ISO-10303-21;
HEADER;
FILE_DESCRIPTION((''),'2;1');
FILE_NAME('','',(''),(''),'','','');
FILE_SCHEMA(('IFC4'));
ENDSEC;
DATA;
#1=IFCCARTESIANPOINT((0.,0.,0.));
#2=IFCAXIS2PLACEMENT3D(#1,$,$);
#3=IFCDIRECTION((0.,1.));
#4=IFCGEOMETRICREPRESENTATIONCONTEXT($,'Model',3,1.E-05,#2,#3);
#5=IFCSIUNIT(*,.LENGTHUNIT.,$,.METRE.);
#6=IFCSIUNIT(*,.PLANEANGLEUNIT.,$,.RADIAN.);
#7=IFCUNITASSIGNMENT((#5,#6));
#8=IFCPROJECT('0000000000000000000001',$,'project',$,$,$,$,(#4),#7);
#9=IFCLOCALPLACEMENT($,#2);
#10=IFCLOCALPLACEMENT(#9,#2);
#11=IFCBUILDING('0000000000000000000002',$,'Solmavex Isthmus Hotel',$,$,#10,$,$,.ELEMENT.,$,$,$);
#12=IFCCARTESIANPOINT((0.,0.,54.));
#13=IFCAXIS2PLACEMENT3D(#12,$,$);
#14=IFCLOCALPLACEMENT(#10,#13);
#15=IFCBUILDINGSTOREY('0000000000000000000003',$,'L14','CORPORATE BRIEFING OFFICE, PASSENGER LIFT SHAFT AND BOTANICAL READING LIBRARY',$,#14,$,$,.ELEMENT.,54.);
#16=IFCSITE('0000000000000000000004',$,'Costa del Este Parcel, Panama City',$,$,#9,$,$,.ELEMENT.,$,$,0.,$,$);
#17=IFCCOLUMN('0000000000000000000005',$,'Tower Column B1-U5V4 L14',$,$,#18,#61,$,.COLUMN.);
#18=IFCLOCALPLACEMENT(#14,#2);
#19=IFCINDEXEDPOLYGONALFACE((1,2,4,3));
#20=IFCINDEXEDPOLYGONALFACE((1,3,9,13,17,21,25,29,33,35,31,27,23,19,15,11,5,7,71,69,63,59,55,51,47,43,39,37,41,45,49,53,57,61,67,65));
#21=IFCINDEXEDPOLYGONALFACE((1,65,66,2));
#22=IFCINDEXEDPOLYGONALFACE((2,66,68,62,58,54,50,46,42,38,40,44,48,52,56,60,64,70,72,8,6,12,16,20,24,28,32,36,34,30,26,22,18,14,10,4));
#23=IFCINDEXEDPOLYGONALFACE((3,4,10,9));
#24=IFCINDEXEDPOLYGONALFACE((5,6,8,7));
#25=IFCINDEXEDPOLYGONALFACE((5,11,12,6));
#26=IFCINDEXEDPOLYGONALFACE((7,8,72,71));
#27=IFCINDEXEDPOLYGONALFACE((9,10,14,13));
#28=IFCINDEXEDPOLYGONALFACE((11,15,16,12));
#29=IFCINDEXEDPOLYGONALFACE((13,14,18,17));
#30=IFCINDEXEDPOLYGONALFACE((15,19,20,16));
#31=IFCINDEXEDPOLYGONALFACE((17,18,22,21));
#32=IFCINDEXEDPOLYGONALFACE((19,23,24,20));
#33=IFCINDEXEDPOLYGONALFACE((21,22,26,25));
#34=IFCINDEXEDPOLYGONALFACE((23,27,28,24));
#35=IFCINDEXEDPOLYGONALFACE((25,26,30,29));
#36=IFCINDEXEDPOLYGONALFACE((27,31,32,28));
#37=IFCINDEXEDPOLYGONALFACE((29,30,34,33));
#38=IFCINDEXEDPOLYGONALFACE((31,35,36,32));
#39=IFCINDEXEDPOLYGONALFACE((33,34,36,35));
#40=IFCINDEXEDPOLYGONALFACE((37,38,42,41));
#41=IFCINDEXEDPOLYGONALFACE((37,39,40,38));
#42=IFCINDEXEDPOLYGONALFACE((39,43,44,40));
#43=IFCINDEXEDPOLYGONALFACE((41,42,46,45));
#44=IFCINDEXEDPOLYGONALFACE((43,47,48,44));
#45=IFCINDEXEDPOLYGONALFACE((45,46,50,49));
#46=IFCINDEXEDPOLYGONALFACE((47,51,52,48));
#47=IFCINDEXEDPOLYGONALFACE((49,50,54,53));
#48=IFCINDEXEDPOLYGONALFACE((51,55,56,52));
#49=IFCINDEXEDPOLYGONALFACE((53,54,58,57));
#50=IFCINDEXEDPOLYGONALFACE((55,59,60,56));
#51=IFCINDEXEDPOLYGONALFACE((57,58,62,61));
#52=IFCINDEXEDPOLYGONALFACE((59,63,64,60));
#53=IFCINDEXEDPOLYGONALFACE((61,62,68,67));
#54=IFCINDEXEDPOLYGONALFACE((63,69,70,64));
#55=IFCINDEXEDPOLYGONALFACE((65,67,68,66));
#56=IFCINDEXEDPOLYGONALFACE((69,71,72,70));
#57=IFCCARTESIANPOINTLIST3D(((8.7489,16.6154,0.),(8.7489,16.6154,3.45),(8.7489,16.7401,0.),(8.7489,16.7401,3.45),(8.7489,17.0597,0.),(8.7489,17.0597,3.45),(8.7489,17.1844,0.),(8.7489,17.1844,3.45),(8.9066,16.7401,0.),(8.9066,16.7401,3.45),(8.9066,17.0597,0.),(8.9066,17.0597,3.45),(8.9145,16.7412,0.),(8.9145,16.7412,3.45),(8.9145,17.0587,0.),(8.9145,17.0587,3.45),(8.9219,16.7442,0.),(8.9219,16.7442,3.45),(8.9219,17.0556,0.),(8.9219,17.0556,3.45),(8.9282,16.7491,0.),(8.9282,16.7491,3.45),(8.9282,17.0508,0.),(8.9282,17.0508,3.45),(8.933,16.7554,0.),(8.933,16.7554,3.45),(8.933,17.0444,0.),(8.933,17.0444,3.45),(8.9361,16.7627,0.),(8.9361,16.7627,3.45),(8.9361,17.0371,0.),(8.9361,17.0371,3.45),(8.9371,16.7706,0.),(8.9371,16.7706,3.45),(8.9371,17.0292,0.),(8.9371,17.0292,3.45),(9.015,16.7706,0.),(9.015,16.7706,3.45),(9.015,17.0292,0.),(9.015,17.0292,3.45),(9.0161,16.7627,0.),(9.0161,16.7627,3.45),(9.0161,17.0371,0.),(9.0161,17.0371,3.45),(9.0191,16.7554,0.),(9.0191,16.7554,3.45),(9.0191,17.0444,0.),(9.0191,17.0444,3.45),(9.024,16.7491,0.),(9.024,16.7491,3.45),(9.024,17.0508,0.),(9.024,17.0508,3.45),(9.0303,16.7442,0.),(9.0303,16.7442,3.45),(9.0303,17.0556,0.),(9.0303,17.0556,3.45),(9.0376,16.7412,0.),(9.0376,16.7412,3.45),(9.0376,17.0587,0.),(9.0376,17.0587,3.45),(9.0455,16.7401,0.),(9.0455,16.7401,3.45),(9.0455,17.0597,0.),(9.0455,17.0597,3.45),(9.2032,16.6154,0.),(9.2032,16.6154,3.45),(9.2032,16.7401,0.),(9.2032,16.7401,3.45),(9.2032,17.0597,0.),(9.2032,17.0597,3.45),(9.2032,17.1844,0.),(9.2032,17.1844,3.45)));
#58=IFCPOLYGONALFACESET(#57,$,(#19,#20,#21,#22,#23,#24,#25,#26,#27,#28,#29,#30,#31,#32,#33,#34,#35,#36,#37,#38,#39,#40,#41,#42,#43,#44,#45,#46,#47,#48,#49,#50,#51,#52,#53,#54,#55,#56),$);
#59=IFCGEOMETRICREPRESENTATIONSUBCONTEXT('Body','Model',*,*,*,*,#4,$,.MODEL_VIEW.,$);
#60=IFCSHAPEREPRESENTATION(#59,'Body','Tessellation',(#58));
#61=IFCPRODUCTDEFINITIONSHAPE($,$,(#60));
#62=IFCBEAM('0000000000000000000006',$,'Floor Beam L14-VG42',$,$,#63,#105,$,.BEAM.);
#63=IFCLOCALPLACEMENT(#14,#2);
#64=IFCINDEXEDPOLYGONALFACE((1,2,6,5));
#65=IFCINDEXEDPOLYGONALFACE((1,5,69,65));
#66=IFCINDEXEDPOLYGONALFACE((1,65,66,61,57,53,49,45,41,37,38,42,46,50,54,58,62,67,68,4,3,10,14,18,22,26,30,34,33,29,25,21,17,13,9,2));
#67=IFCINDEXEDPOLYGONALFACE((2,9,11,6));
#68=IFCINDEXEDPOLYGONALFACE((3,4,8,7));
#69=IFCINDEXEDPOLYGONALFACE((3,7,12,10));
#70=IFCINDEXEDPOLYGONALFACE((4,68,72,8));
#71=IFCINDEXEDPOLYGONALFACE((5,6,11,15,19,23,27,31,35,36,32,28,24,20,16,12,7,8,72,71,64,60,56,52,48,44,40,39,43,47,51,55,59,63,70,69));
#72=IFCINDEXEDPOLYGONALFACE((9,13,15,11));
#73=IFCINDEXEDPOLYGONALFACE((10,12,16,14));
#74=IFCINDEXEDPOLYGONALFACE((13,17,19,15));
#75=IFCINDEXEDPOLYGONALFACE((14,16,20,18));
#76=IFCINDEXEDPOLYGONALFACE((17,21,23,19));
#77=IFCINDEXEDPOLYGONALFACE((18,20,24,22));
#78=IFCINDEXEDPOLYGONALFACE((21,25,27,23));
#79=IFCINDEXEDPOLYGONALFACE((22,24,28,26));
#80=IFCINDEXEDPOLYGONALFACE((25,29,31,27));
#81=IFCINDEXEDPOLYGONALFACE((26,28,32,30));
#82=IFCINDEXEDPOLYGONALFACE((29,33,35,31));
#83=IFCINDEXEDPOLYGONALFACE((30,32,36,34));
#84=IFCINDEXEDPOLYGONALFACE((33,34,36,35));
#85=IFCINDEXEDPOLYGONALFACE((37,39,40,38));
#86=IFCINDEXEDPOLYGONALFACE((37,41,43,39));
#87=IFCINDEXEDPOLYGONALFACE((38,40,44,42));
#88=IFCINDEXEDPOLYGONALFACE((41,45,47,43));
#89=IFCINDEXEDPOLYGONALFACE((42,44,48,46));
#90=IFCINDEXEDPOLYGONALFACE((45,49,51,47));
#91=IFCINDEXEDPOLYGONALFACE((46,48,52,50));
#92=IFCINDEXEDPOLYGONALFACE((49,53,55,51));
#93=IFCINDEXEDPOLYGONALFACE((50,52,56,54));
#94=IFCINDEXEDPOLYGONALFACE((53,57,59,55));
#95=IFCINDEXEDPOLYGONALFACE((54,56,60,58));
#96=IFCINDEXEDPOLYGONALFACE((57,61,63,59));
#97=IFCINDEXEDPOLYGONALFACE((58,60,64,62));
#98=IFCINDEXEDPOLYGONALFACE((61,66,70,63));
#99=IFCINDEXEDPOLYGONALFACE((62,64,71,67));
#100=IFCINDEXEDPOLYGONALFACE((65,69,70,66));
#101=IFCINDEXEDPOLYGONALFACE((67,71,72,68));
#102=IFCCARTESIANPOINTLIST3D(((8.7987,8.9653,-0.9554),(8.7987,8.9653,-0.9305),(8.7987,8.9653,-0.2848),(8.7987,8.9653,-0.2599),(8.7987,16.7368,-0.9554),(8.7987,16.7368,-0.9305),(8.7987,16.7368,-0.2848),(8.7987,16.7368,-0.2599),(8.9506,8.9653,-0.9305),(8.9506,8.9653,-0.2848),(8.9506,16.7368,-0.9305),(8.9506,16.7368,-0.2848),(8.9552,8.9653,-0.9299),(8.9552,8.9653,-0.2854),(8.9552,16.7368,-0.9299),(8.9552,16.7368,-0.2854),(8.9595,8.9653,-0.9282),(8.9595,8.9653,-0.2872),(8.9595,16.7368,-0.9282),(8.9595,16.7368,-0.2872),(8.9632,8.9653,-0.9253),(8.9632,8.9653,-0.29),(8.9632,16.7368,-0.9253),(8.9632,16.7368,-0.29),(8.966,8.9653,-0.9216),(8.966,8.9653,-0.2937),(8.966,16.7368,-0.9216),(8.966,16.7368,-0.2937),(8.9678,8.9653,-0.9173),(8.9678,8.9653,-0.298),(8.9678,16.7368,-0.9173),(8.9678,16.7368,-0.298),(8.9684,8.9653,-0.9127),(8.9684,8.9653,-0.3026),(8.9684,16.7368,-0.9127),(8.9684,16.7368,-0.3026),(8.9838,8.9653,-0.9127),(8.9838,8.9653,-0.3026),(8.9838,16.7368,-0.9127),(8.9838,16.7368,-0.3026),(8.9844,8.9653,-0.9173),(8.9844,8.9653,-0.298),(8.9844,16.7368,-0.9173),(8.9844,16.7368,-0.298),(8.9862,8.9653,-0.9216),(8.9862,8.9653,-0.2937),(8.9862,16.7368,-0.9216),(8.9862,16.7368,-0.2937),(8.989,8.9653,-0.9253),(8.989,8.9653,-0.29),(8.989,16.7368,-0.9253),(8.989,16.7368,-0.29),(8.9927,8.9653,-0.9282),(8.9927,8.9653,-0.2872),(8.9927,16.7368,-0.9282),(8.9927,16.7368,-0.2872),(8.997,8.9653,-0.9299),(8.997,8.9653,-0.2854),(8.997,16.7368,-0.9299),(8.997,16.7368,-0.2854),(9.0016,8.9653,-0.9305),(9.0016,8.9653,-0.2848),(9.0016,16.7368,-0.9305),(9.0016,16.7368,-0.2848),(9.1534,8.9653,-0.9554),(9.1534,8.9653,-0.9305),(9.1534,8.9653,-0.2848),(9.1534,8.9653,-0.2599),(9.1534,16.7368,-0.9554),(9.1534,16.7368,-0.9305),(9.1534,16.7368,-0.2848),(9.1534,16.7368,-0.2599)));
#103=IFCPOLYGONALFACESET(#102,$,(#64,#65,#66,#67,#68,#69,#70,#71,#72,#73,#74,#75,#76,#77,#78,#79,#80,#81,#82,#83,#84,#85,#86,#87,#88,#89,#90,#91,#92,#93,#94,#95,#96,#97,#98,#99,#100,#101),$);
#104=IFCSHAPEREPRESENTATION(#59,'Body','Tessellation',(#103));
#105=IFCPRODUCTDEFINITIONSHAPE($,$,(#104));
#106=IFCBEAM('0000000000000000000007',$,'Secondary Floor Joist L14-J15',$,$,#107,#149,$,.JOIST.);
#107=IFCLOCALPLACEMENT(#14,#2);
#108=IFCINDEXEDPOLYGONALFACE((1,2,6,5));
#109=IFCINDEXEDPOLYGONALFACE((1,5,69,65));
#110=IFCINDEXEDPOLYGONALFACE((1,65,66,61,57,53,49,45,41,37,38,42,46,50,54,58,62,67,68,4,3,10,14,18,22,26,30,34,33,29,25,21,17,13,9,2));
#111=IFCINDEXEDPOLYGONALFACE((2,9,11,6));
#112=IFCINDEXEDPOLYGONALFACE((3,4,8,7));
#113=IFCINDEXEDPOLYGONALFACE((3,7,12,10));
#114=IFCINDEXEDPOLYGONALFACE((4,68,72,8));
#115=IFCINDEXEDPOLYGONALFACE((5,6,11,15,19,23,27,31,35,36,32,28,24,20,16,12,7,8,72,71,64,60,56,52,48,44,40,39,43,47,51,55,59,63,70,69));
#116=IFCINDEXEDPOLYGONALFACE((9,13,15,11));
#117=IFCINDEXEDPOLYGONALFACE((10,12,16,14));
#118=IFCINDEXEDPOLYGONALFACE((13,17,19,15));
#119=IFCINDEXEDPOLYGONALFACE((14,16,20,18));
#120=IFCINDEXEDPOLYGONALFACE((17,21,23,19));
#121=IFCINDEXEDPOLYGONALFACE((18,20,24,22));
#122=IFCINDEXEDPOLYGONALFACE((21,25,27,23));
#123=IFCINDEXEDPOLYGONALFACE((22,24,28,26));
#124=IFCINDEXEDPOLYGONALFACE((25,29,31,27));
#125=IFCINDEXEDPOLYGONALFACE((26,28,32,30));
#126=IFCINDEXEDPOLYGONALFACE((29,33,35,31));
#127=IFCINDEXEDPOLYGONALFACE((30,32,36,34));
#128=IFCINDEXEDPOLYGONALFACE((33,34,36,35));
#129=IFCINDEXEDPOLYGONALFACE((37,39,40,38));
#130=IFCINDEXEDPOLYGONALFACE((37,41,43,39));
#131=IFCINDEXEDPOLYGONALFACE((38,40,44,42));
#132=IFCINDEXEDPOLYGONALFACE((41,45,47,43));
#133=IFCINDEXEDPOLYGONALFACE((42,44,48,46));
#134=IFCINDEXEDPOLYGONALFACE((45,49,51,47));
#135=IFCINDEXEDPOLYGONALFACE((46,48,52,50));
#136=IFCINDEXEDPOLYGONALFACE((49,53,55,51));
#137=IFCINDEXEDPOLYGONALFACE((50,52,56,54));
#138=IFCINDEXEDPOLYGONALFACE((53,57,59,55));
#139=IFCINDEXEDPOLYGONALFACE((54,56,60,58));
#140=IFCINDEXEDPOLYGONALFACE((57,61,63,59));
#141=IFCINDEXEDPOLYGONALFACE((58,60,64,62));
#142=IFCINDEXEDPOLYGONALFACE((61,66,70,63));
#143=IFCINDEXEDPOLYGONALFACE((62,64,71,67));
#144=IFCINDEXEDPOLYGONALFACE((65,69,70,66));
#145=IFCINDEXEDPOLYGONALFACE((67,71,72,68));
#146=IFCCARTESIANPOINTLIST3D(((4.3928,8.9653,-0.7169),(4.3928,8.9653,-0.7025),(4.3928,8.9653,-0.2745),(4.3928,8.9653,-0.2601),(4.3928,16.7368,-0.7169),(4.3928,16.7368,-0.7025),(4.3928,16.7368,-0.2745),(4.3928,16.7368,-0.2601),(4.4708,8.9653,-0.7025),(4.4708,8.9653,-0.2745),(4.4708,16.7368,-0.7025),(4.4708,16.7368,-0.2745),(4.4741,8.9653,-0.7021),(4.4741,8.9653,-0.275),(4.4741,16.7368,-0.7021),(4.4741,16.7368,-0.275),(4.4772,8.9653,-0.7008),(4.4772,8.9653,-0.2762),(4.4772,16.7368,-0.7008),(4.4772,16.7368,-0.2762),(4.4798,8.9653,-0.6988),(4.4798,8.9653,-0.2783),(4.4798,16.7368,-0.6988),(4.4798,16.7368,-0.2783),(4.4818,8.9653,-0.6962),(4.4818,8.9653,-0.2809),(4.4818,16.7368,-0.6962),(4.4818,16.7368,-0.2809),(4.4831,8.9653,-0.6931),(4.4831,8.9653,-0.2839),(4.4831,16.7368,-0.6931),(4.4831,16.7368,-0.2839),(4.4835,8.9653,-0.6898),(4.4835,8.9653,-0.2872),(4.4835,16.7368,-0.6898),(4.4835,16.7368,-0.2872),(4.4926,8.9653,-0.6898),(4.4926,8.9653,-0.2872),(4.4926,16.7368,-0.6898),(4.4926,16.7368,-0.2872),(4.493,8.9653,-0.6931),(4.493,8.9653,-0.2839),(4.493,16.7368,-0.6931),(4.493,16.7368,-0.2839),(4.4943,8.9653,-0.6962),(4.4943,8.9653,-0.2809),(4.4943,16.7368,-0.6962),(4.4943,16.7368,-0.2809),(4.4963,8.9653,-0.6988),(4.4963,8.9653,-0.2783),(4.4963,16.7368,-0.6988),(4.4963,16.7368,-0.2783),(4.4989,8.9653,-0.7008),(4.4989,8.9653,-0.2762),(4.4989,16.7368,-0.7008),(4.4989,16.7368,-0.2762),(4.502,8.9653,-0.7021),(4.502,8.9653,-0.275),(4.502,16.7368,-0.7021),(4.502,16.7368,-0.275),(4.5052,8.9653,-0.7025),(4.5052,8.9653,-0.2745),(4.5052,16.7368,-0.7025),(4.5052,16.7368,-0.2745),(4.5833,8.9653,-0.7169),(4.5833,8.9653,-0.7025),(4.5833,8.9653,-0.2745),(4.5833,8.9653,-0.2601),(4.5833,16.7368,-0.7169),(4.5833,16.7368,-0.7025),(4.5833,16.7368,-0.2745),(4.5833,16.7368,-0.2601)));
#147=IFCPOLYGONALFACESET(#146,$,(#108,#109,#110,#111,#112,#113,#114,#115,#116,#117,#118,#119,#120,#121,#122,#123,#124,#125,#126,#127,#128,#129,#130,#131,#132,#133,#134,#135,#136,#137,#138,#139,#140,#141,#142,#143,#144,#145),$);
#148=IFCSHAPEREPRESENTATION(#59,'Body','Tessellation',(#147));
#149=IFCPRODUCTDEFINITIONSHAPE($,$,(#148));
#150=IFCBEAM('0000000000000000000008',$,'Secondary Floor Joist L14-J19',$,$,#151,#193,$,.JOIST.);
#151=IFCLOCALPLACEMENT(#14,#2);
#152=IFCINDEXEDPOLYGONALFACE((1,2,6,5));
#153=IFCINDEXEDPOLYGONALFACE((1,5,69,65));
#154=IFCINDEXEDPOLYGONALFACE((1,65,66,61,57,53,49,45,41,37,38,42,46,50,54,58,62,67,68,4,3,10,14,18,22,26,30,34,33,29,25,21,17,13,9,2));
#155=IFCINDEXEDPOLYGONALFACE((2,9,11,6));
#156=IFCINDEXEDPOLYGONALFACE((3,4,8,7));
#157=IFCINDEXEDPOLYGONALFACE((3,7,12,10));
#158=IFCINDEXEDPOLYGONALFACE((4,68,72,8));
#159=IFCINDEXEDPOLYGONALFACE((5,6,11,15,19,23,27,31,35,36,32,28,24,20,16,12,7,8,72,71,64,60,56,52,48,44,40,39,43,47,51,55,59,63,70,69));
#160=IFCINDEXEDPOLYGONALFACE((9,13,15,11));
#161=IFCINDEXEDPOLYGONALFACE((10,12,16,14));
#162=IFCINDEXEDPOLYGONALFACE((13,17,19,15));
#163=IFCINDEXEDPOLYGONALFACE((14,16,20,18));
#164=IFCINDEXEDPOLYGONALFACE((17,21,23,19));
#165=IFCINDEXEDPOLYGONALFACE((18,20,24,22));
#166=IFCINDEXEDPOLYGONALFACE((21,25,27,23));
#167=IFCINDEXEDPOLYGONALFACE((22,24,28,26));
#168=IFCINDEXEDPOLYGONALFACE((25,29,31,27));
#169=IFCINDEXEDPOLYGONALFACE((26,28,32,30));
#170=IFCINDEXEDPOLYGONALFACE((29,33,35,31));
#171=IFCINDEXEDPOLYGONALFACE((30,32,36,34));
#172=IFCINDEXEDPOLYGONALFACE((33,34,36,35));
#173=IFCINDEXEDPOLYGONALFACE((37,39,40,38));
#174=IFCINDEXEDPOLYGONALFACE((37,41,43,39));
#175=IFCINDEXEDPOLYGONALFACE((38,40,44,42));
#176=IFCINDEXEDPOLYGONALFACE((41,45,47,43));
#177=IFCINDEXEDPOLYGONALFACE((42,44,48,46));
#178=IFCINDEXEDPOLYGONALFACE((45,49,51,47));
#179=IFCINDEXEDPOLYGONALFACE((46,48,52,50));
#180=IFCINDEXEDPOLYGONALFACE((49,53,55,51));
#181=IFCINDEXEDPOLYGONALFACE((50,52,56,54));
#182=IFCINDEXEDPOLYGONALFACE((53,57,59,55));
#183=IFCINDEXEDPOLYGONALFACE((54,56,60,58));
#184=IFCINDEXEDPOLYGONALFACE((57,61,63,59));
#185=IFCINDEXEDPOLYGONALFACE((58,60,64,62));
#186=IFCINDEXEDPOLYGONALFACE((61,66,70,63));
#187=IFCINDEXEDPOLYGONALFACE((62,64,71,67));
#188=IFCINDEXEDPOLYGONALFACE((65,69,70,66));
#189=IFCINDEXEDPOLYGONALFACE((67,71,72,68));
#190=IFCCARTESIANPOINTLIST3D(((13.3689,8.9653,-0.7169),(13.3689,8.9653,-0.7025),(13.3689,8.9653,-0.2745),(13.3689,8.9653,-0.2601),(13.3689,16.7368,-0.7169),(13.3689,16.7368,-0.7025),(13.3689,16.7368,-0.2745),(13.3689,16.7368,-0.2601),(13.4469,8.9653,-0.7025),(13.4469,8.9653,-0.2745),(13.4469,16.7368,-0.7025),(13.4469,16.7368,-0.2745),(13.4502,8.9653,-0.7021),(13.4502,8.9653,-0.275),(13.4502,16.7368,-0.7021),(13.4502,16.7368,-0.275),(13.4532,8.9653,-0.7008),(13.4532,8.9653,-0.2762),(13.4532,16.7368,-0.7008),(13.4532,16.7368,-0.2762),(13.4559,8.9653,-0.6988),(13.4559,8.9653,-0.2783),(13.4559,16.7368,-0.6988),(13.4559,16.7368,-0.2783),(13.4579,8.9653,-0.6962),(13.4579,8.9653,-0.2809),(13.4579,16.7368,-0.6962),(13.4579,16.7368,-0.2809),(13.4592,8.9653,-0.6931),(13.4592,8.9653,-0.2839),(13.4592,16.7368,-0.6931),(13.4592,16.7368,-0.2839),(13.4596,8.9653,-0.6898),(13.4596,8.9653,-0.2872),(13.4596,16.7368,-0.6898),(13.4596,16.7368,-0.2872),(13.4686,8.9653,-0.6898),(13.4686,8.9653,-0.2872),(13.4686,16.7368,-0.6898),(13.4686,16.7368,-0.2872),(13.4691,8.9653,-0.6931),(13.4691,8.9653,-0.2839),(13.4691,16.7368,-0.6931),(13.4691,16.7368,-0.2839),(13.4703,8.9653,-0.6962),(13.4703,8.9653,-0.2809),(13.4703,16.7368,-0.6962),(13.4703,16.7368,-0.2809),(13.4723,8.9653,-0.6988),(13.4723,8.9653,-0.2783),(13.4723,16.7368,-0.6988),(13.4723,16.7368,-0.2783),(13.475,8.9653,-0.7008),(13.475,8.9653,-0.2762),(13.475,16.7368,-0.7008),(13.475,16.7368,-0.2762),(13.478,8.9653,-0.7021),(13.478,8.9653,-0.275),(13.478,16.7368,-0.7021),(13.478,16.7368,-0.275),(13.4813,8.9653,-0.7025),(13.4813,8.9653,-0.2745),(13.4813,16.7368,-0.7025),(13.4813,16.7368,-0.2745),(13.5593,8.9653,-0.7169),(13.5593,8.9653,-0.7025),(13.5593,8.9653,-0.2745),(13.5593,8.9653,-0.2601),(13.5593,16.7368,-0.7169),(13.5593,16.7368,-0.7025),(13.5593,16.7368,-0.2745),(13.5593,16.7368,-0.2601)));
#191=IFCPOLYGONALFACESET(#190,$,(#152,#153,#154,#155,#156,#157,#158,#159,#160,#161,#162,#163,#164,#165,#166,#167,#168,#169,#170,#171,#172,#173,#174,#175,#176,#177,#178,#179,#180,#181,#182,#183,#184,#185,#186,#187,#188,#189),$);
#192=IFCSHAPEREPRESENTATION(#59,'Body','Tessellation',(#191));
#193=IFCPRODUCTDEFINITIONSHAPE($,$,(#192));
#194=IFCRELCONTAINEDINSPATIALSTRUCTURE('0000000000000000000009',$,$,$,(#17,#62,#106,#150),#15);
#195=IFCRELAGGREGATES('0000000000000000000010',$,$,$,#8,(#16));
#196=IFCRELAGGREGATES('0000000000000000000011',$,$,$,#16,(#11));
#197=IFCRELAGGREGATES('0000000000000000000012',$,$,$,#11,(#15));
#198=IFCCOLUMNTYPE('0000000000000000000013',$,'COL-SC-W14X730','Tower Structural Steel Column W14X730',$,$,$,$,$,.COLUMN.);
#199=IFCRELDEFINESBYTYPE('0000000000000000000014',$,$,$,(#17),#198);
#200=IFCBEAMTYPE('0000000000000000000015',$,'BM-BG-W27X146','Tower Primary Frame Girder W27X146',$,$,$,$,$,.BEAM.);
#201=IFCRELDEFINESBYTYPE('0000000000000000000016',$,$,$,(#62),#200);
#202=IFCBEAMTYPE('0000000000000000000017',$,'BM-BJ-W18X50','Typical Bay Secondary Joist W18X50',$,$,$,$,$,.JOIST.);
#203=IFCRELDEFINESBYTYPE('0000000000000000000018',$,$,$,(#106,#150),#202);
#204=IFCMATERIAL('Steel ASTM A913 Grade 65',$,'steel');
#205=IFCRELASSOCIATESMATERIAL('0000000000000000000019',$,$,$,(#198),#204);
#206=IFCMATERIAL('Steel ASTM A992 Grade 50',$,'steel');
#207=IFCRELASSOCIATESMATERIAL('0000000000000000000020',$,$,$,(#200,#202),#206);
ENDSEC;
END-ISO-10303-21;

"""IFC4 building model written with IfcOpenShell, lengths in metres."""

from ifc_helpers import new_model, si_unit, direction, frame, origin, origin_2d, place, context, subcontext, project, spatial, i_section, extrude, material, material_profile, profile_set, type_object, element, save


model = new_model("IFC4")

# Units and contexts
model_context = context("Model", 3, precision=1e-05, world=origin(), true_north=direction((0.0, 1.0)))
body_context = subcontext(model_context, "Body", "Model", "MODEL_VIEW")
ifc_project = project(units=[si_unit("LENGTHUNIT", "METRE"), si_unit("PLANEANGLEUNIT", "RADIAN")], contexts=[model_context])

# Site, building, storey
site_placement = place(None, origin())
site = spatial("IfcSite", under=ifc_project, at=site_placement, Name="Costa del Este Parcel, Panama City", CompositionType="ELEMENT", RefElevation=0.0)
building_placement = place(site_placement, origin())
building = spatial("IfcBuilding", under=site, at=building_placement, Name="Solmavex Isthmus Hotel", CompositionType="ELEMENT")
storey_placement = place(building_placement, frame((0.0, 0.0, 54.0)))
storey = spatial("IfcBuildingStorey", under=building, at=storey_placement, Name="L14", Description="CORPORATE BRIEFING OFFICE, PASSENGER LIFT SHAFT AND BOTANICAL READING LIBRARY", CompositionType="ELEMENT", Elevation=54.0)

# Column
ifc_material_1 = material(Name="Steel ASTM A913 Grade 65", Category="steel")
ifc_material_profile_1 = material_profile(ifc_material_1, i_section(OverallWidth=0.4543, OverallDepth=0.5691, WebThickness=0.0779, FlangeThickness=0.1248, FilletRadius=0.0305, at=origin_2d()), Name="W14X730")
ifc_profile_set_1 = profile_set([ifc_material_profile_1], Name="Steel ASTM A913 Grade 65")
column_type = type_object("IfcColumnType", Name="COL-SC-W14X730", Description="Tower Structural Steel Column W14X730", PredefinedType="COLUMN", material=ifc_profile_set_1)
column_placement = place(storey_placement, frame((8.9761, 16.8999, 0.0), z_axis=(0.0, 0.0, 1.0), x_axis=(1.0, 0.0, 0.0)))
element("IfcColumn", 1, at=column_placement, inside=storey, type_object=column_type, Name="Tower Column B1-U5V4 L14", PredefinedType="COLUMN", context=body_context, shape_type="SweptSolid", body=[
    extrude(i_section(OverallWidth=0.4543, OverallDepth=0.5691, WebThickness=0.0779, FlangeThickness=0.1248, FilletRadius=0.0305, at=origin_2d()), origin(), (0.0, 0.0, 1.0), 3.45),
])

# Beams
ifc_material_2 = material(Name="Steel ASTM A992 Grade 50", Category="steel")
ifc_material_profile_2 = material_profile(ifc_material_2, i_section(OverallWidth=0.3547, OverallDepth=0.6956, WebThickness=0.0154, FlangeThickness=0.0249, FilletRadius=0.0178, at=origin_2d()), Name="W27X146")
ifc_profile_set_2 = profile_set([ifc_material_profile_2], Name="Steel ASTM A992 Grade 50")
beam_type_1 = type_object("IfcBeamType", Name="BM-BG-W27X146", Description="Tower Primary Frame Girder W27X146", PredefinedType="BEAM", material=ifc_profile_set_2)
beam_1_placement = place(storey_placement, frame((8.9761, 8.9653, -0.6077), z_axis=(0.0, 1.0, 0.0), x_axis=(-1.0, 0.0, 0.0)))
element("IfcBeam", 2, at=beam_1_placement, inside=storey, type_object=beam_type_1, Name="Floor Beam L14-VG42", PredefinedType="BEAM", context=body_context, shape_type="SweptSolid", body=[
    extrude(i_section(OverallWidth=0.3547, OverallDepth=0.6956, WebThickness=0.0154, FlangeThickness=0.0249, FilletRadius=0.0178, at=origin_2d()), origin(), (0.0, 0.0, 1.0), 7.7715),
])
ifc_material_profile_3 = material_profile(ifc_material_2, i_section(OverallWidth=0.1904, OverallDepth=0.4568, WebThickness=0.009, FlangeThickness=0.0144, FilletRadius=0.0127, at=origin_2d()), Name="W18X50")
ifc_profile_set_3 = profile_set([ifc_material_profile_3], Name="Steel ASTM A992 Grade 50")
beam_type_2 = type_object("IfcBeamType", Name="BM-BJ-W18X50", Description="Typical Bay Secondary Joist W18X50", PredefinedType="JOIST", material=ifc_profile_set_3)
for number, where, z_axis, x_axis, name in (
    (3, (4.488, 8.9653, -0.4885), (0.0, 1.0, 0.0), (-1.0, 0.0, 0.0), "Secondary Floor Joist L14-J15"),
    (4, (13.4641, 8.9653, -0.4885), (0.0, 1.0, 0.0), (-1.0, 0.0, 0.0), "Secondary Floor Joist L14-J19"),
):
    element("IfcBeam", number, at=place(storey_placement, frame(where, z_axis=z_axis, x_axis=x_axis)), inside=storey, type_object=beam_type_2, Name=name, PredefinedType="JOIST", context=body_context, shape_type="SweptSolid", body=[
        extrude(i_section(OverallWidth=0.1904, OverallDepth=0.4568, WebThickness=0.009, FlangeThickness=0.0144, FilletRadius=0.0127, at=origin_2d()), origin(), (0.0, 0.0, 1.0), 7.7715),
    ])

save(model, "model.ifc")
